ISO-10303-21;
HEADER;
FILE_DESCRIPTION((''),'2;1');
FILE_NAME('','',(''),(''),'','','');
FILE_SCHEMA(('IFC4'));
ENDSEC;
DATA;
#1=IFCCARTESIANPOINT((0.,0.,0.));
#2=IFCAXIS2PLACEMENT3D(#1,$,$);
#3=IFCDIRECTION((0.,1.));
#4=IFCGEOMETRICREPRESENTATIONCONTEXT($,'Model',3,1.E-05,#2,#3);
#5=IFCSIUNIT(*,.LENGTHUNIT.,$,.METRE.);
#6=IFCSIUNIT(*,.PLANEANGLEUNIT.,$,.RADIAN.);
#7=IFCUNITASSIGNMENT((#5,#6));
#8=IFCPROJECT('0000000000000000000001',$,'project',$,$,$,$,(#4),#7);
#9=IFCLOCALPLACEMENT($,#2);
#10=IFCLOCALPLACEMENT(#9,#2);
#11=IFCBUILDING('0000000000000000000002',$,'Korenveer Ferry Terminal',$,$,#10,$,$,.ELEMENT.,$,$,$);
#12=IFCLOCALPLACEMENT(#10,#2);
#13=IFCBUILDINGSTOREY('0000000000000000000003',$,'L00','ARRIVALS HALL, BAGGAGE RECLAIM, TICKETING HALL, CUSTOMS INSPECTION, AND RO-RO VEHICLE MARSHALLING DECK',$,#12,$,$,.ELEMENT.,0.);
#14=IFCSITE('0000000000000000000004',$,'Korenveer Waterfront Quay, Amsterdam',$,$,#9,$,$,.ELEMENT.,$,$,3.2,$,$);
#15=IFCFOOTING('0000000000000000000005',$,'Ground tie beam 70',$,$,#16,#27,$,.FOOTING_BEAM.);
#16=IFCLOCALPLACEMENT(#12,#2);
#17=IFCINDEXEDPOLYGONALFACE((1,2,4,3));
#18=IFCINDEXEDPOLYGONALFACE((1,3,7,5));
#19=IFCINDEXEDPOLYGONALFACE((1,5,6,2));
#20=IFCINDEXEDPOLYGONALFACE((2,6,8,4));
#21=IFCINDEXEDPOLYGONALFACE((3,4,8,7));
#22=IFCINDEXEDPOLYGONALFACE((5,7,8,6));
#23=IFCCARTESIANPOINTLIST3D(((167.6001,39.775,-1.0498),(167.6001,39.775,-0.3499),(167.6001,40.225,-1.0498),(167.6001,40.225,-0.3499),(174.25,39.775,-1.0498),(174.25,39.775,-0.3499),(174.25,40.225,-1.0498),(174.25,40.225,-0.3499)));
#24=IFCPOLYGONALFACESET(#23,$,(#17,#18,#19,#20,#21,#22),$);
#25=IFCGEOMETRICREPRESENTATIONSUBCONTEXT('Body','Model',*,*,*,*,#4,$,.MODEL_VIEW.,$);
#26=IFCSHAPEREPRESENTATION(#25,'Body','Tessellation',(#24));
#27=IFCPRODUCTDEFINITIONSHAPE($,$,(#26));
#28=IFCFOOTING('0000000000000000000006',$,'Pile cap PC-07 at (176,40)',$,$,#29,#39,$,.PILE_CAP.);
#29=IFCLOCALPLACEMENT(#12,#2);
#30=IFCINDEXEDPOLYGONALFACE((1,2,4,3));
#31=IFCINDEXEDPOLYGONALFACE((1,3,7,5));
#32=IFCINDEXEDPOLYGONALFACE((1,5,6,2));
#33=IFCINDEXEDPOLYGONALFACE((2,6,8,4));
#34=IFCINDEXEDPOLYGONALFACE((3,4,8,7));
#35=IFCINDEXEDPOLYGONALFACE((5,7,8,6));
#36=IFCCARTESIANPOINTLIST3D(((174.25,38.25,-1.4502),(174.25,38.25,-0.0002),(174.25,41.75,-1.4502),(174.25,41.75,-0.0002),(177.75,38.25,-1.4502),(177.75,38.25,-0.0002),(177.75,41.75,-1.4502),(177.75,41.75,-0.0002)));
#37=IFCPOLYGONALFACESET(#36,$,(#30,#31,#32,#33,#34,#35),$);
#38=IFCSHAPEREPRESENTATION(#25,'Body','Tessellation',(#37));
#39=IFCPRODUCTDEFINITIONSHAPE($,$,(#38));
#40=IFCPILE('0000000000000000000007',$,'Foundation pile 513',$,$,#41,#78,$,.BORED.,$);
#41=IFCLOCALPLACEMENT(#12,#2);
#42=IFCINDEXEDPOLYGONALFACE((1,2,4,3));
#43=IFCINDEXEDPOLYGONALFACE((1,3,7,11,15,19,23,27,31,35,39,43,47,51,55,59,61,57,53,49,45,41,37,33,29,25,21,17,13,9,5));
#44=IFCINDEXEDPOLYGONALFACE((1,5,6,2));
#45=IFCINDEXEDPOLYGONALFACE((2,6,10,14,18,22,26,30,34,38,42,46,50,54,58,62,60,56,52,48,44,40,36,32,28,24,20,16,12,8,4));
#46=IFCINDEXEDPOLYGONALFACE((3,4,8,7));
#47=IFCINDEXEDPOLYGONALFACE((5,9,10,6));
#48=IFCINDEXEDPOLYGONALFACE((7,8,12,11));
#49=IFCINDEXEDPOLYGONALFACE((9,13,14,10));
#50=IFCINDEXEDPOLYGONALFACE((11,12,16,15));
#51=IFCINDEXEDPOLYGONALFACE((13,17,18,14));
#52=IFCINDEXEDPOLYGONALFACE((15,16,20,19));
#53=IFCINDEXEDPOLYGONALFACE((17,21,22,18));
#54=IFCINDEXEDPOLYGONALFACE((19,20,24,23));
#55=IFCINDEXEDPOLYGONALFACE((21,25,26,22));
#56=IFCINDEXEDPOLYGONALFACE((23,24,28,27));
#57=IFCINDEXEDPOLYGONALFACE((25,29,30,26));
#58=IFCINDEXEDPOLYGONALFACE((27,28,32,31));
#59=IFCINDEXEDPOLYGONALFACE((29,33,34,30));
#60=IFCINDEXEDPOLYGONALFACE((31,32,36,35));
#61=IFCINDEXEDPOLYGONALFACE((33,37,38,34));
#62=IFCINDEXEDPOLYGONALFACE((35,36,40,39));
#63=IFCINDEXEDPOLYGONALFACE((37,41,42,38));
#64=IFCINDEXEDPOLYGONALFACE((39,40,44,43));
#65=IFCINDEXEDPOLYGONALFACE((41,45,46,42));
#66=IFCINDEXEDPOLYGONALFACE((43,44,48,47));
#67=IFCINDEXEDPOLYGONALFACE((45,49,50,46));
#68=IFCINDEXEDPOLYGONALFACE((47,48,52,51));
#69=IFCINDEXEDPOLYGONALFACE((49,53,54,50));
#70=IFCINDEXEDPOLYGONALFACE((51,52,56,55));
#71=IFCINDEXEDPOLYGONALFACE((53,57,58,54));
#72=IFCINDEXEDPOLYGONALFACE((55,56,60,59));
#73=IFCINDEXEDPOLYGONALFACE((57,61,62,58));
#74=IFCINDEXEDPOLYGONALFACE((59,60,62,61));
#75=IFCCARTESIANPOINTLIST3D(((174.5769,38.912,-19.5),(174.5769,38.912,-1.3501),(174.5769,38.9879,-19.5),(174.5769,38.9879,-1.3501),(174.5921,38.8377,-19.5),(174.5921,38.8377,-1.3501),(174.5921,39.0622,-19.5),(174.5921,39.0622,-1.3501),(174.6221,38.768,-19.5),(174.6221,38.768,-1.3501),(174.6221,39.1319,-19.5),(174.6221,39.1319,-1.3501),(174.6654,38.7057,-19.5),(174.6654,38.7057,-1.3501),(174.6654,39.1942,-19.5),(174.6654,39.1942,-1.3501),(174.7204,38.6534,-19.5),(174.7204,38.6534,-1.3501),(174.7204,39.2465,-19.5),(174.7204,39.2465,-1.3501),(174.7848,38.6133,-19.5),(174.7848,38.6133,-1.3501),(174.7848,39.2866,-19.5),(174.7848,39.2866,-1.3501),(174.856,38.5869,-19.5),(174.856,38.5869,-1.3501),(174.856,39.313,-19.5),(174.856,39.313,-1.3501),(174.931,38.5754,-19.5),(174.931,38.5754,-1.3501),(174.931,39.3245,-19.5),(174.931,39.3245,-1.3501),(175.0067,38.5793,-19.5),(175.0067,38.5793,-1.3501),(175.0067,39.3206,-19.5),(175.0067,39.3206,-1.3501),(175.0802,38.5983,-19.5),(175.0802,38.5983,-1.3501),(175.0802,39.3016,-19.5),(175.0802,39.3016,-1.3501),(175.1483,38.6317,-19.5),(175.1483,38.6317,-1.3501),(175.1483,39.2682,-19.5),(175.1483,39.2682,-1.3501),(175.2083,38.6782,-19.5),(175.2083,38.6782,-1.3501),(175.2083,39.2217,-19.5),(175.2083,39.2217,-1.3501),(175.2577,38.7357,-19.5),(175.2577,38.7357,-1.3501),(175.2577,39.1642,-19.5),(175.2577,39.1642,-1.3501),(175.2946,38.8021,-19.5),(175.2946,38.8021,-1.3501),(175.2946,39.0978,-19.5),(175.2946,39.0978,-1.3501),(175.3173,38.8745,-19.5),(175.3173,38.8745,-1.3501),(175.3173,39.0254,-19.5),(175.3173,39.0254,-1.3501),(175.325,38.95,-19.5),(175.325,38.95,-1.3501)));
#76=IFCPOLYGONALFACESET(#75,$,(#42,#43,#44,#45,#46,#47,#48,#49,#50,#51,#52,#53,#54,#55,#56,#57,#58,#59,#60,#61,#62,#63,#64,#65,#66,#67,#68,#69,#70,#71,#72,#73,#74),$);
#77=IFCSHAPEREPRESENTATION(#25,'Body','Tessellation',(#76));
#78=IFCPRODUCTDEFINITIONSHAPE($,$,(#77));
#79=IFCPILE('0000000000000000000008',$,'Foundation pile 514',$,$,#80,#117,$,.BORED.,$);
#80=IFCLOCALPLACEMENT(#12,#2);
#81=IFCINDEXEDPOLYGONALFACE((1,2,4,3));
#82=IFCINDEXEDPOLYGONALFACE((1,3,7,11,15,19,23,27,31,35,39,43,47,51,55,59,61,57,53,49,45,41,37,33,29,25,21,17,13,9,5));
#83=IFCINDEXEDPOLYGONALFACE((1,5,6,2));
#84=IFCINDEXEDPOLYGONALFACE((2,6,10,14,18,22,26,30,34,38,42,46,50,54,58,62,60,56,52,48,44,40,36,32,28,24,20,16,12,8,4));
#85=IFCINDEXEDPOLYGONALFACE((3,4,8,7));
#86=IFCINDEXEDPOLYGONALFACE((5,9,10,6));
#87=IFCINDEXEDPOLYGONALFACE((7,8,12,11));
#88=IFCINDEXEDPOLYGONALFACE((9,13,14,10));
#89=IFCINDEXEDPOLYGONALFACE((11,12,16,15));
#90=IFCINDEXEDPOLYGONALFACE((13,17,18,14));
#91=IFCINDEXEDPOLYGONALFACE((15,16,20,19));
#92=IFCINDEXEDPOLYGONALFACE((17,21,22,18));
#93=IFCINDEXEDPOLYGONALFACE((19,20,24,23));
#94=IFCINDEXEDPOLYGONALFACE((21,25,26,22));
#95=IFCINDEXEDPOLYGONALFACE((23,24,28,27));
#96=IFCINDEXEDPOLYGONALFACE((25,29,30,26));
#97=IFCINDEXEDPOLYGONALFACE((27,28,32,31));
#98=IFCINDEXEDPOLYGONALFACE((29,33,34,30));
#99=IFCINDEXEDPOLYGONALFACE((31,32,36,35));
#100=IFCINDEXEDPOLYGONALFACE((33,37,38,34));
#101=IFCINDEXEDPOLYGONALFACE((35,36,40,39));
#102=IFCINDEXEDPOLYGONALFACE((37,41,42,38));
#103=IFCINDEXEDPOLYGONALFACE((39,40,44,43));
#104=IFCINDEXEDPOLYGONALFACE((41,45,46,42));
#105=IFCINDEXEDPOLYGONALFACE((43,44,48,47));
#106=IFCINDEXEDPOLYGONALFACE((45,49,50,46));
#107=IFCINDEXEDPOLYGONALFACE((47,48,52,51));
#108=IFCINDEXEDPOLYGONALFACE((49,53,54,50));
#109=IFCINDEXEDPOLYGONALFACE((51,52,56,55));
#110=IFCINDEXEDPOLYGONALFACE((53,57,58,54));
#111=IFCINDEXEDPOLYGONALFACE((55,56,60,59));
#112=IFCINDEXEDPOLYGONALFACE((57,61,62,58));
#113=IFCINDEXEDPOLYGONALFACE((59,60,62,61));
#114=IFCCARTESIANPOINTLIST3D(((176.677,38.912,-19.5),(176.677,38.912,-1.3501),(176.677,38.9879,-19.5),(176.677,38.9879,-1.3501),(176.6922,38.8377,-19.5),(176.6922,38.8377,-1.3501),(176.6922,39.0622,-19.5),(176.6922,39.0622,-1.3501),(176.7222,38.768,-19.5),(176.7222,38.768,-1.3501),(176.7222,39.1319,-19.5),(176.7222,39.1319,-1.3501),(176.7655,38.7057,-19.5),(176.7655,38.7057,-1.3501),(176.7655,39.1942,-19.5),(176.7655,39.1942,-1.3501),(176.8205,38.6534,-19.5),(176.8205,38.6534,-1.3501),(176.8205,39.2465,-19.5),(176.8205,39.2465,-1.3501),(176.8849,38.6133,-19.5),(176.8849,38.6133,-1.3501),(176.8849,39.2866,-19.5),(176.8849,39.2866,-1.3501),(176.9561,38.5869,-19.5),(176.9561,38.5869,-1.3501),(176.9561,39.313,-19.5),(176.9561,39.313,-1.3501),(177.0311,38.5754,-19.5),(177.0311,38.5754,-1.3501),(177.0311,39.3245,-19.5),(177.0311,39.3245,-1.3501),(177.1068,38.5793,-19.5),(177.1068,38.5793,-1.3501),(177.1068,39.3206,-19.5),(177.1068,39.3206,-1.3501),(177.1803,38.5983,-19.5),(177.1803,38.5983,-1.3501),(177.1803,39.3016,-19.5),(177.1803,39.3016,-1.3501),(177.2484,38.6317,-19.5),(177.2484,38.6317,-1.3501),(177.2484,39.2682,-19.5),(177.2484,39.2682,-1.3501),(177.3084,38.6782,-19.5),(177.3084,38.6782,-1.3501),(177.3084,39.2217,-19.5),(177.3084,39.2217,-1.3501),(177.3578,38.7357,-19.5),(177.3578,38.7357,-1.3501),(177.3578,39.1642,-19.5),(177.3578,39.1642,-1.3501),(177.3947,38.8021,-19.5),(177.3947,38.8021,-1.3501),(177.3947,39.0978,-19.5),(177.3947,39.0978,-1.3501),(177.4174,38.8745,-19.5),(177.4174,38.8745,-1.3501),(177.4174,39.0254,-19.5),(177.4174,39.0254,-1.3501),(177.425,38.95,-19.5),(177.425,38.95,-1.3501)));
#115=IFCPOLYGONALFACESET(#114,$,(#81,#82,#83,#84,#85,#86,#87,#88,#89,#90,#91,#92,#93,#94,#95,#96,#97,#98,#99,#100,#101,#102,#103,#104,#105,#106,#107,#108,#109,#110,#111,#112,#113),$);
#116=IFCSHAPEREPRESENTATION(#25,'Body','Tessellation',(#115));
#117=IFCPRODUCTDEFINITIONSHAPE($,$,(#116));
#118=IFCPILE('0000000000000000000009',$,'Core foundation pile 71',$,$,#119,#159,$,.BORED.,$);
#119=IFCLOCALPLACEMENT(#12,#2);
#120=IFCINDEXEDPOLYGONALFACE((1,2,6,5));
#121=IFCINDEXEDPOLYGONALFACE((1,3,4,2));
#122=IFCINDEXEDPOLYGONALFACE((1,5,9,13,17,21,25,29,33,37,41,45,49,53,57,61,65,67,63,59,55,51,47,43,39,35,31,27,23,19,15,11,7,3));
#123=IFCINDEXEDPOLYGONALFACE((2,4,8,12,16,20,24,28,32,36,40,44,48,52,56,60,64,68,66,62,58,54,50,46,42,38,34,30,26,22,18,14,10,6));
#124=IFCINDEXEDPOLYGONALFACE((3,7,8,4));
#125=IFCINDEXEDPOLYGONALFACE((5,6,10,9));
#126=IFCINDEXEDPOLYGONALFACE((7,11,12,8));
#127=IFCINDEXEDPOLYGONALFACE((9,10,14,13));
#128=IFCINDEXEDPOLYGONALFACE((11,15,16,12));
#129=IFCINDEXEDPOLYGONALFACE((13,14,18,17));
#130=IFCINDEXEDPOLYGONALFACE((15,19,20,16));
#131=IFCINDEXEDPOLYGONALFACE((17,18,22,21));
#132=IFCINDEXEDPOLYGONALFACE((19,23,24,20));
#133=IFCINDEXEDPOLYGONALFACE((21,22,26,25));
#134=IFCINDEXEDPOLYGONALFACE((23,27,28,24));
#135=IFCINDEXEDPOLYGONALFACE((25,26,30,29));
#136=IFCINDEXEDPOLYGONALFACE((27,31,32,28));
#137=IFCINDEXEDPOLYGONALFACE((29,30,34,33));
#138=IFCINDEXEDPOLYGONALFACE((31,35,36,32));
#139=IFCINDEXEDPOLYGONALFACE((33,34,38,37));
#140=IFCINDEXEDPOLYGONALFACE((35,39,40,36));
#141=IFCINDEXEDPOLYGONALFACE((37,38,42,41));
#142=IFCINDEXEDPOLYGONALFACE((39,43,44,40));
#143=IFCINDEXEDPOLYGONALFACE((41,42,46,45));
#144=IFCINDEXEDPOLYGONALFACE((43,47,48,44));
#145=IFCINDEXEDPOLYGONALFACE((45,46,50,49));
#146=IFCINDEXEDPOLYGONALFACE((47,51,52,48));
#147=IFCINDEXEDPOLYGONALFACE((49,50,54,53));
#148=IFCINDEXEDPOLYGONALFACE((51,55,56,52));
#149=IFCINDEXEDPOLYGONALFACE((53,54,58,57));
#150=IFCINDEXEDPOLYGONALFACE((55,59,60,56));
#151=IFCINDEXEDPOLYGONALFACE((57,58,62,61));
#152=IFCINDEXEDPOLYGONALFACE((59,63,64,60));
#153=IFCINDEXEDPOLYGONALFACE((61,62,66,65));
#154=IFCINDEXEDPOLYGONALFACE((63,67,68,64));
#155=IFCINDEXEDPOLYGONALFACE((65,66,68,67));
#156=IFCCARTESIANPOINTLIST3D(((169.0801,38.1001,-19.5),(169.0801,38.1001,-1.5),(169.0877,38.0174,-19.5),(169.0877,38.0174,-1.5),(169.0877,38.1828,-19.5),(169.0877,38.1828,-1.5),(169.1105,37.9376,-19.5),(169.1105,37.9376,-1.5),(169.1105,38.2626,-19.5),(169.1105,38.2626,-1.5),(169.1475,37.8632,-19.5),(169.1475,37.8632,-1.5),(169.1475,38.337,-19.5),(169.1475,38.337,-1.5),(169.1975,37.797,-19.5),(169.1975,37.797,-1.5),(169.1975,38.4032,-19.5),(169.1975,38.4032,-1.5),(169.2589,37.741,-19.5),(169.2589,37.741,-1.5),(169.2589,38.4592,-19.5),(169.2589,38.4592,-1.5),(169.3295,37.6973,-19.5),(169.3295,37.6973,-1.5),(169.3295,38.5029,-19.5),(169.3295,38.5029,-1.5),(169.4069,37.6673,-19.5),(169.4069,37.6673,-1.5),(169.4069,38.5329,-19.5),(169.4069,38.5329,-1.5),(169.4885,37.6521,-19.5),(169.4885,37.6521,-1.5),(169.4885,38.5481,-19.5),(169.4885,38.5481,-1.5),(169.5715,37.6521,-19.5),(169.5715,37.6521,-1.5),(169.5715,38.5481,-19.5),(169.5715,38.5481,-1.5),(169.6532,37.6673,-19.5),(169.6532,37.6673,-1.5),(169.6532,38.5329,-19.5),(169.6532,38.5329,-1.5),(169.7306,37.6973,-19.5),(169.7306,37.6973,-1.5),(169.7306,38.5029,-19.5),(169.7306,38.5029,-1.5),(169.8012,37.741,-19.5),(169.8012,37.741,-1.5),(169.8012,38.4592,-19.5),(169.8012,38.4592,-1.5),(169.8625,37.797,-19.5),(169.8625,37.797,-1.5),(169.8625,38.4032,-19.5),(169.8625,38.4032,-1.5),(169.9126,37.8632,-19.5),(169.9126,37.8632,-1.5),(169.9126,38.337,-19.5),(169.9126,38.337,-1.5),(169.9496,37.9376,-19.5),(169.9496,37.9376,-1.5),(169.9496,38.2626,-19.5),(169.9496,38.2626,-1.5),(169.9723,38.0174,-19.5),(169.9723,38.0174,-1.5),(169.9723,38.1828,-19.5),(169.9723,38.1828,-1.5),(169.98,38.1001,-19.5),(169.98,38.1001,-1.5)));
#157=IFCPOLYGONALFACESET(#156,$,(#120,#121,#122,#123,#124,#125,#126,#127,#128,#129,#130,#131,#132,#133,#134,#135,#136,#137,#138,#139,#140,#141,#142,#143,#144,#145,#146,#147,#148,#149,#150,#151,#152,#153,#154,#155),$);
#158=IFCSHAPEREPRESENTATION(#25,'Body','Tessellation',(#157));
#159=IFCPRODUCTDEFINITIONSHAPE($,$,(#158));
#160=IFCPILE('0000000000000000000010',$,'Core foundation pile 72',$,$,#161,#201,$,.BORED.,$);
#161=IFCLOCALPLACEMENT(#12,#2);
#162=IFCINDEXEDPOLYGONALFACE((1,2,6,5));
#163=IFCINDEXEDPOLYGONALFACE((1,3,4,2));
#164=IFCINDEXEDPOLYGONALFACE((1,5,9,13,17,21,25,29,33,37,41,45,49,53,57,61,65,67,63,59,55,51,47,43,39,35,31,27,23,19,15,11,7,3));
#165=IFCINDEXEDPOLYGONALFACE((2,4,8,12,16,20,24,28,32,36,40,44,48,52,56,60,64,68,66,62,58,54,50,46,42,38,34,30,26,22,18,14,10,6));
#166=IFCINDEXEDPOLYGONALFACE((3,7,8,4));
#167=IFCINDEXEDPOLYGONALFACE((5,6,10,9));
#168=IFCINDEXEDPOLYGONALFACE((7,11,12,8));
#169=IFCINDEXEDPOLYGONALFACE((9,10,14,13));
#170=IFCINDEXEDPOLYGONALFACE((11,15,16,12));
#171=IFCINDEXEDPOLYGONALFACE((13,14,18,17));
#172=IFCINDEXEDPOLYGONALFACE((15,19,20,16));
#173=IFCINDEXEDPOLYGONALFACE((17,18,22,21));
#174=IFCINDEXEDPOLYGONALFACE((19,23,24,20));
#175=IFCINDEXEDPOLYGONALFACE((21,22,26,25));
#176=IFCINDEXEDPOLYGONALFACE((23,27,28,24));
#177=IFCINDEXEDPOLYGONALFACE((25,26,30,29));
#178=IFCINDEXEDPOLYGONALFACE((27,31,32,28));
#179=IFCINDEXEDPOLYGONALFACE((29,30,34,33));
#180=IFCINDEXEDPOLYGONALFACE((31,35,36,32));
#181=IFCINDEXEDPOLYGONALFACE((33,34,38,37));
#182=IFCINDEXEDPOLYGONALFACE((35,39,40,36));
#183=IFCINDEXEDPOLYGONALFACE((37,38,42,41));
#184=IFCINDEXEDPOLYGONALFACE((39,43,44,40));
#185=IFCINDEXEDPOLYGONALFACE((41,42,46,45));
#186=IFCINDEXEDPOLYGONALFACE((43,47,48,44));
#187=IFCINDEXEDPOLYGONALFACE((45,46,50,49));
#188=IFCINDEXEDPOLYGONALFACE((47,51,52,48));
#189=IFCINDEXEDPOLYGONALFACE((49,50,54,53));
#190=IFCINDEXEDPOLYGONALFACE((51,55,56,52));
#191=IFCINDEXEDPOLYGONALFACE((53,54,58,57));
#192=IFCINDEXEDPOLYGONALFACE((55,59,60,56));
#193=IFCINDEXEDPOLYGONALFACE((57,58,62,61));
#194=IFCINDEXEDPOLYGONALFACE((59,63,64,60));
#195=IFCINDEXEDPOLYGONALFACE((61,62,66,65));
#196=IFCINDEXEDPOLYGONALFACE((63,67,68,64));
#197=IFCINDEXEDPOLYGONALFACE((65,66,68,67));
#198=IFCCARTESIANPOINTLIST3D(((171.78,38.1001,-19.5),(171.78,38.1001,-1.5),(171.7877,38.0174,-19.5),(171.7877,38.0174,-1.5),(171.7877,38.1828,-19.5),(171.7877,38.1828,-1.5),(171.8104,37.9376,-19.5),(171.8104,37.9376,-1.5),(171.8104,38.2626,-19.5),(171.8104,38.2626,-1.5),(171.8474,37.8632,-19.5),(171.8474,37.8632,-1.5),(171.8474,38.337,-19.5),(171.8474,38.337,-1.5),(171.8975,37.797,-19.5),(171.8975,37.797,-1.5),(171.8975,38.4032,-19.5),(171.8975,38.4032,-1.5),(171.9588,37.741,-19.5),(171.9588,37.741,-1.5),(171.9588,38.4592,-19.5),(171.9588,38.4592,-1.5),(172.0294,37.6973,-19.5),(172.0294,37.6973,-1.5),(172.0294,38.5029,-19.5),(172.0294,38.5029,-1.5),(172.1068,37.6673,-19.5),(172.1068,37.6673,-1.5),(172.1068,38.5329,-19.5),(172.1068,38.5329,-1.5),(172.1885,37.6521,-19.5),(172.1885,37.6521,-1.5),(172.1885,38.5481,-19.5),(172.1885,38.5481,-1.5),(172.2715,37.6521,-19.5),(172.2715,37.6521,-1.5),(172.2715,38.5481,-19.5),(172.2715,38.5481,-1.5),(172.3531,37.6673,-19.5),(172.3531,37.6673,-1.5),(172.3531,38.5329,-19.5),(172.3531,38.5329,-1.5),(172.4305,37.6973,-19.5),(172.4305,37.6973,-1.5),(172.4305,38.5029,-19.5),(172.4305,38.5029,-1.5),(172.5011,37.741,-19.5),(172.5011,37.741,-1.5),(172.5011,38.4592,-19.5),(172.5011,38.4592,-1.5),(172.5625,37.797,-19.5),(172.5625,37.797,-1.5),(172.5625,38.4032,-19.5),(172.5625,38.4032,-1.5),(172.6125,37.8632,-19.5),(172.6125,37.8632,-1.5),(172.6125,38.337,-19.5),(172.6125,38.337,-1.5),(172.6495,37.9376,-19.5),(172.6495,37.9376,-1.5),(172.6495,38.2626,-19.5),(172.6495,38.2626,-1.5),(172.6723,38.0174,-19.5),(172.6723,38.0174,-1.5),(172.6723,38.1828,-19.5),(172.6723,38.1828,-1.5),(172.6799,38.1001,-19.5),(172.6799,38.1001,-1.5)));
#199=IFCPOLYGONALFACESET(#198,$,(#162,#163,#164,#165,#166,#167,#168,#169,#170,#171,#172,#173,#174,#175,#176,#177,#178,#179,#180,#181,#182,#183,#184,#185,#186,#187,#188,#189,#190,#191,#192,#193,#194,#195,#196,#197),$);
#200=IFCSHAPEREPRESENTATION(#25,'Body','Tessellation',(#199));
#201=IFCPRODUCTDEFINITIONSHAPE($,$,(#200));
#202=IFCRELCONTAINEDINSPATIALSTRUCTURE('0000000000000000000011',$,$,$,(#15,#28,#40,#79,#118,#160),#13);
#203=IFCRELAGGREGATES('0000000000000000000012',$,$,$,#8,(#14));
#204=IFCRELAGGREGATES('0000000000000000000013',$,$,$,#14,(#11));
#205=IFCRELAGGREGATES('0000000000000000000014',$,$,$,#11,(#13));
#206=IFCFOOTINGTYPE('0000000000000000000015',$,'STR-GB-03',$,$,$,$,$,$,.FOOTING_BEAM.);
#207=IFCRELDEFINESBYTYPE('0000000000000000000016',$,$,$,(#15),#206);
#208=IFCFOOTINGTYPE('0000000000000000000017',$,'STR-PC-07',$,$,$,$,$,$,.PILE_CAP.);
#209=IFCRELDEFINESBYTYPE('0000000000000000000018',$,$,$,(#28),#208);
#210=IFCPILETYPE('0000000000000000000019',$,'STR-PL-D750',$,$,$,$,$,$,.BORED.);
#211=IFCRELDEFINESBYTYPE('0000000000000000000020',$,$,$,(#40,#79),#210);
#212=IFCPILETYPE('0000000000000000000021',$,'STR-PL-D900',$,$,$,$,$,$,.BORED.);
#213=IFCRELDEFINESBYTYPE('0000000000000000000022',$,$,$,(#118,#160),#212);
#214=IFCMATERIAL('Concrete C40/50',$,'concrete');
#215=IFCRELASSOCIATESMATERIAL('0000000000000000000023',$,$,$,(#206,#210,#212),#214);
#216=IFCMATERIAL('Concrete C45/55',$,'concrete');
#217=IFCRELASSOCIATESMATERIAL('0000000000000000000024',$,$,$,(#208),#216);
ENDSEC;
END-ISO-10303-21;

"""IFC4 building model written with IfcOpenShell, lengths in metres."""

from ifc_helpers import new_model, si_unit, direction, frame, origin, origin_2d, place, context, subcontext, project, spatial, rectangle, circle, extrude, material, material_profile, profile_set, type_object, element, save


model = new_model("IFC4")

# Units and contexts
model_context = context("Model", 3, precision=1e-05, world=origin(), true_north=direction((0.0, 1.0)))
body_context = subcontext(model_context, "Body", "Model", "MODEL_VIEW")
ifc_project = project(units=[si_unit("LENGTHUNIT", "METRE"), si_unit("PLANEANGLEUNIT", "RADIAN")], contexts=[model_context])

# Site, building, storey
site_placement = place(None, origin())
site = spatial("IfcSite", under=ifc_project, at=site_placement, Name="Korenveer Waterfront Quay, Amsterdam", CompositionType="ELEMENT", RefElevation=3.2)
building_placement = place(site_placement, origin())
building = spatial("IfcBuilding", under=site, at=building_placement, Name="Korenveer Ferry Terminal", CompositionType="ELEMENT")
storey_placement = place(building_placement, origin())
storey = spatial("IfcBuildingStorey", under=building, at=storey_placement, Name="L00", Description="ARRIVALS HALL, BAGGAGE RECLAIM, TICKETING HALL, CUSTOMS INSPECTION, AND RO-RO VEHICLE MARSHALLING DECK", CompositionType="ELEMENT", Elevation=0.0)

# Footings
ifc_material_1 = material(Name="Concrete C40/50", Category="concrete")
footing_type_1 = type_object("IfcFootingType", Name="STR-GB-03", PredefinedType="FOOTING_BEAM", material=ifc_material_1)
footing_1_placement = place(storey_placement, frame((170.925, 40.0, -1.0498), z_axis=(0.0, 0.0, 1.0), x_axis=(1.0, 0.0, 0.0)))
element("IfcFooting", 1, at=footing_1_placement, inside=storey, type_object=footing_type_1, Name="Ground tie beam 70", PredefinedType="FOOTING_BEAM", context=body_context, shape_type="SweptSolid", body=[
    extrude(rectangle(XDim=6.6499, YDim=0.45, at=origin_2d()), origin(), (0.0, 0.0, 1.0), 0.7),
])
ifc_material_2 = material(Name="Concrete C45/55", Category="concrete")
footing_type_2 = type_object("IfcFootingType", Name="STR-PC-07", PredefinedType="PILE_CAP", material=ifc_material_2)
footing_2_placement = place(storey_placement, frame((176.0, 40.0, -1.4502), z_axis=(0.0, 0.0, 1.0), x_axis=(1.0, 0.0, 0.0)))
element("IfcFooting", 2, at=footing_2_placement, inside=storey, type_object=footing_type_2, Name="Pile cap PC-07 at (176,40)", PredefinedType="PILE_CAP", context=body_context, shape_type="SweptSolid", body=[
    extrude(rectangle(XDim=3.5, YDim=3.5, at=origin_2d()), origin(), (0.0, 0.0, 1.0), 1.45),
])

# Piles
ifc_material_profile_1 = material_profile(ifc_material_1, circle(Radius=0.375, at=origin_2d()), Name="PILE D750")
ifc_profile_set_1 = profile_set([ifc_material_profile_1], Name="Concrete C40/50")
pile_type_1 = type_object("IfcPileType", Name="STR-PL-D750", PredefinedType="BORED", material=ifc_profile_set_1)
for number, where, z_axis, x_axis, name in (
    (3, (174.95, 38.95, -1.3501), (0.0, 0.0, -1.0), (1.0, 0.0, 0.0), "Foundation pile 513"),
    (4, (177.05, 38.95, -1.3501), (0.0, 0.0, -1.0), (1.0, 0.0, 0.0), "Foundation pile 514"),
):
    element("IfcPile", number, at=place(storey_placement, frame(where, z_axis=z_axis, x_axis=x_axis)), inside=storey, type_object=pile_type_1, Name=name, PredefinedType="BORED", context=body_context, shape_type="SweptSolid", body=[
        extrude(circle(Radius=0.375, at=origin_2d()), origin(), (0.0, 0.0, 1.0), 18.1499),
    ])
ifc_material_profile_2 = material_profile(ifc_material_1, circle(Radius=0.45, at=origin_2d()), Name="PILE D900")
ifc_profile_set_2 = profile_set([ifc_material_profile_2], Name="Concrete C40/50")
pile_type_2 = type_object("IfcPileType", Name="STR-PL-D900", PredefinedType="BORED", material=ifc_profile_set_2)
for number, where, z_axis, x_axis, name in (
    (5, (169.53, 38.1001, -1.5), (0.0, 0.0, -1.0), (1.0, 0.0, 0.0), "Core foundation pile 71"),
    (6, (172.23, 38.1001, -1.5), (0.0, 0.0, -1.0), (1.0, 0.0, 0.0), "Core foundation pile 72"),
):
    element("IfcPile", number, at=place(storey_placement, frame(where, z_axis=z_axis, x_axis=x_axis)), inside=storey, type_object=pile_type_2, Name=name, PredefinedType="BORED", context=body_context, shape_type="SweptSolid", body=[
        extrude(circle(Radius=0.45, at=origin_2d()), origin(), (0.0, 0.0, 1.0), 18.0),
    ])

save(model, "model.ifc")
